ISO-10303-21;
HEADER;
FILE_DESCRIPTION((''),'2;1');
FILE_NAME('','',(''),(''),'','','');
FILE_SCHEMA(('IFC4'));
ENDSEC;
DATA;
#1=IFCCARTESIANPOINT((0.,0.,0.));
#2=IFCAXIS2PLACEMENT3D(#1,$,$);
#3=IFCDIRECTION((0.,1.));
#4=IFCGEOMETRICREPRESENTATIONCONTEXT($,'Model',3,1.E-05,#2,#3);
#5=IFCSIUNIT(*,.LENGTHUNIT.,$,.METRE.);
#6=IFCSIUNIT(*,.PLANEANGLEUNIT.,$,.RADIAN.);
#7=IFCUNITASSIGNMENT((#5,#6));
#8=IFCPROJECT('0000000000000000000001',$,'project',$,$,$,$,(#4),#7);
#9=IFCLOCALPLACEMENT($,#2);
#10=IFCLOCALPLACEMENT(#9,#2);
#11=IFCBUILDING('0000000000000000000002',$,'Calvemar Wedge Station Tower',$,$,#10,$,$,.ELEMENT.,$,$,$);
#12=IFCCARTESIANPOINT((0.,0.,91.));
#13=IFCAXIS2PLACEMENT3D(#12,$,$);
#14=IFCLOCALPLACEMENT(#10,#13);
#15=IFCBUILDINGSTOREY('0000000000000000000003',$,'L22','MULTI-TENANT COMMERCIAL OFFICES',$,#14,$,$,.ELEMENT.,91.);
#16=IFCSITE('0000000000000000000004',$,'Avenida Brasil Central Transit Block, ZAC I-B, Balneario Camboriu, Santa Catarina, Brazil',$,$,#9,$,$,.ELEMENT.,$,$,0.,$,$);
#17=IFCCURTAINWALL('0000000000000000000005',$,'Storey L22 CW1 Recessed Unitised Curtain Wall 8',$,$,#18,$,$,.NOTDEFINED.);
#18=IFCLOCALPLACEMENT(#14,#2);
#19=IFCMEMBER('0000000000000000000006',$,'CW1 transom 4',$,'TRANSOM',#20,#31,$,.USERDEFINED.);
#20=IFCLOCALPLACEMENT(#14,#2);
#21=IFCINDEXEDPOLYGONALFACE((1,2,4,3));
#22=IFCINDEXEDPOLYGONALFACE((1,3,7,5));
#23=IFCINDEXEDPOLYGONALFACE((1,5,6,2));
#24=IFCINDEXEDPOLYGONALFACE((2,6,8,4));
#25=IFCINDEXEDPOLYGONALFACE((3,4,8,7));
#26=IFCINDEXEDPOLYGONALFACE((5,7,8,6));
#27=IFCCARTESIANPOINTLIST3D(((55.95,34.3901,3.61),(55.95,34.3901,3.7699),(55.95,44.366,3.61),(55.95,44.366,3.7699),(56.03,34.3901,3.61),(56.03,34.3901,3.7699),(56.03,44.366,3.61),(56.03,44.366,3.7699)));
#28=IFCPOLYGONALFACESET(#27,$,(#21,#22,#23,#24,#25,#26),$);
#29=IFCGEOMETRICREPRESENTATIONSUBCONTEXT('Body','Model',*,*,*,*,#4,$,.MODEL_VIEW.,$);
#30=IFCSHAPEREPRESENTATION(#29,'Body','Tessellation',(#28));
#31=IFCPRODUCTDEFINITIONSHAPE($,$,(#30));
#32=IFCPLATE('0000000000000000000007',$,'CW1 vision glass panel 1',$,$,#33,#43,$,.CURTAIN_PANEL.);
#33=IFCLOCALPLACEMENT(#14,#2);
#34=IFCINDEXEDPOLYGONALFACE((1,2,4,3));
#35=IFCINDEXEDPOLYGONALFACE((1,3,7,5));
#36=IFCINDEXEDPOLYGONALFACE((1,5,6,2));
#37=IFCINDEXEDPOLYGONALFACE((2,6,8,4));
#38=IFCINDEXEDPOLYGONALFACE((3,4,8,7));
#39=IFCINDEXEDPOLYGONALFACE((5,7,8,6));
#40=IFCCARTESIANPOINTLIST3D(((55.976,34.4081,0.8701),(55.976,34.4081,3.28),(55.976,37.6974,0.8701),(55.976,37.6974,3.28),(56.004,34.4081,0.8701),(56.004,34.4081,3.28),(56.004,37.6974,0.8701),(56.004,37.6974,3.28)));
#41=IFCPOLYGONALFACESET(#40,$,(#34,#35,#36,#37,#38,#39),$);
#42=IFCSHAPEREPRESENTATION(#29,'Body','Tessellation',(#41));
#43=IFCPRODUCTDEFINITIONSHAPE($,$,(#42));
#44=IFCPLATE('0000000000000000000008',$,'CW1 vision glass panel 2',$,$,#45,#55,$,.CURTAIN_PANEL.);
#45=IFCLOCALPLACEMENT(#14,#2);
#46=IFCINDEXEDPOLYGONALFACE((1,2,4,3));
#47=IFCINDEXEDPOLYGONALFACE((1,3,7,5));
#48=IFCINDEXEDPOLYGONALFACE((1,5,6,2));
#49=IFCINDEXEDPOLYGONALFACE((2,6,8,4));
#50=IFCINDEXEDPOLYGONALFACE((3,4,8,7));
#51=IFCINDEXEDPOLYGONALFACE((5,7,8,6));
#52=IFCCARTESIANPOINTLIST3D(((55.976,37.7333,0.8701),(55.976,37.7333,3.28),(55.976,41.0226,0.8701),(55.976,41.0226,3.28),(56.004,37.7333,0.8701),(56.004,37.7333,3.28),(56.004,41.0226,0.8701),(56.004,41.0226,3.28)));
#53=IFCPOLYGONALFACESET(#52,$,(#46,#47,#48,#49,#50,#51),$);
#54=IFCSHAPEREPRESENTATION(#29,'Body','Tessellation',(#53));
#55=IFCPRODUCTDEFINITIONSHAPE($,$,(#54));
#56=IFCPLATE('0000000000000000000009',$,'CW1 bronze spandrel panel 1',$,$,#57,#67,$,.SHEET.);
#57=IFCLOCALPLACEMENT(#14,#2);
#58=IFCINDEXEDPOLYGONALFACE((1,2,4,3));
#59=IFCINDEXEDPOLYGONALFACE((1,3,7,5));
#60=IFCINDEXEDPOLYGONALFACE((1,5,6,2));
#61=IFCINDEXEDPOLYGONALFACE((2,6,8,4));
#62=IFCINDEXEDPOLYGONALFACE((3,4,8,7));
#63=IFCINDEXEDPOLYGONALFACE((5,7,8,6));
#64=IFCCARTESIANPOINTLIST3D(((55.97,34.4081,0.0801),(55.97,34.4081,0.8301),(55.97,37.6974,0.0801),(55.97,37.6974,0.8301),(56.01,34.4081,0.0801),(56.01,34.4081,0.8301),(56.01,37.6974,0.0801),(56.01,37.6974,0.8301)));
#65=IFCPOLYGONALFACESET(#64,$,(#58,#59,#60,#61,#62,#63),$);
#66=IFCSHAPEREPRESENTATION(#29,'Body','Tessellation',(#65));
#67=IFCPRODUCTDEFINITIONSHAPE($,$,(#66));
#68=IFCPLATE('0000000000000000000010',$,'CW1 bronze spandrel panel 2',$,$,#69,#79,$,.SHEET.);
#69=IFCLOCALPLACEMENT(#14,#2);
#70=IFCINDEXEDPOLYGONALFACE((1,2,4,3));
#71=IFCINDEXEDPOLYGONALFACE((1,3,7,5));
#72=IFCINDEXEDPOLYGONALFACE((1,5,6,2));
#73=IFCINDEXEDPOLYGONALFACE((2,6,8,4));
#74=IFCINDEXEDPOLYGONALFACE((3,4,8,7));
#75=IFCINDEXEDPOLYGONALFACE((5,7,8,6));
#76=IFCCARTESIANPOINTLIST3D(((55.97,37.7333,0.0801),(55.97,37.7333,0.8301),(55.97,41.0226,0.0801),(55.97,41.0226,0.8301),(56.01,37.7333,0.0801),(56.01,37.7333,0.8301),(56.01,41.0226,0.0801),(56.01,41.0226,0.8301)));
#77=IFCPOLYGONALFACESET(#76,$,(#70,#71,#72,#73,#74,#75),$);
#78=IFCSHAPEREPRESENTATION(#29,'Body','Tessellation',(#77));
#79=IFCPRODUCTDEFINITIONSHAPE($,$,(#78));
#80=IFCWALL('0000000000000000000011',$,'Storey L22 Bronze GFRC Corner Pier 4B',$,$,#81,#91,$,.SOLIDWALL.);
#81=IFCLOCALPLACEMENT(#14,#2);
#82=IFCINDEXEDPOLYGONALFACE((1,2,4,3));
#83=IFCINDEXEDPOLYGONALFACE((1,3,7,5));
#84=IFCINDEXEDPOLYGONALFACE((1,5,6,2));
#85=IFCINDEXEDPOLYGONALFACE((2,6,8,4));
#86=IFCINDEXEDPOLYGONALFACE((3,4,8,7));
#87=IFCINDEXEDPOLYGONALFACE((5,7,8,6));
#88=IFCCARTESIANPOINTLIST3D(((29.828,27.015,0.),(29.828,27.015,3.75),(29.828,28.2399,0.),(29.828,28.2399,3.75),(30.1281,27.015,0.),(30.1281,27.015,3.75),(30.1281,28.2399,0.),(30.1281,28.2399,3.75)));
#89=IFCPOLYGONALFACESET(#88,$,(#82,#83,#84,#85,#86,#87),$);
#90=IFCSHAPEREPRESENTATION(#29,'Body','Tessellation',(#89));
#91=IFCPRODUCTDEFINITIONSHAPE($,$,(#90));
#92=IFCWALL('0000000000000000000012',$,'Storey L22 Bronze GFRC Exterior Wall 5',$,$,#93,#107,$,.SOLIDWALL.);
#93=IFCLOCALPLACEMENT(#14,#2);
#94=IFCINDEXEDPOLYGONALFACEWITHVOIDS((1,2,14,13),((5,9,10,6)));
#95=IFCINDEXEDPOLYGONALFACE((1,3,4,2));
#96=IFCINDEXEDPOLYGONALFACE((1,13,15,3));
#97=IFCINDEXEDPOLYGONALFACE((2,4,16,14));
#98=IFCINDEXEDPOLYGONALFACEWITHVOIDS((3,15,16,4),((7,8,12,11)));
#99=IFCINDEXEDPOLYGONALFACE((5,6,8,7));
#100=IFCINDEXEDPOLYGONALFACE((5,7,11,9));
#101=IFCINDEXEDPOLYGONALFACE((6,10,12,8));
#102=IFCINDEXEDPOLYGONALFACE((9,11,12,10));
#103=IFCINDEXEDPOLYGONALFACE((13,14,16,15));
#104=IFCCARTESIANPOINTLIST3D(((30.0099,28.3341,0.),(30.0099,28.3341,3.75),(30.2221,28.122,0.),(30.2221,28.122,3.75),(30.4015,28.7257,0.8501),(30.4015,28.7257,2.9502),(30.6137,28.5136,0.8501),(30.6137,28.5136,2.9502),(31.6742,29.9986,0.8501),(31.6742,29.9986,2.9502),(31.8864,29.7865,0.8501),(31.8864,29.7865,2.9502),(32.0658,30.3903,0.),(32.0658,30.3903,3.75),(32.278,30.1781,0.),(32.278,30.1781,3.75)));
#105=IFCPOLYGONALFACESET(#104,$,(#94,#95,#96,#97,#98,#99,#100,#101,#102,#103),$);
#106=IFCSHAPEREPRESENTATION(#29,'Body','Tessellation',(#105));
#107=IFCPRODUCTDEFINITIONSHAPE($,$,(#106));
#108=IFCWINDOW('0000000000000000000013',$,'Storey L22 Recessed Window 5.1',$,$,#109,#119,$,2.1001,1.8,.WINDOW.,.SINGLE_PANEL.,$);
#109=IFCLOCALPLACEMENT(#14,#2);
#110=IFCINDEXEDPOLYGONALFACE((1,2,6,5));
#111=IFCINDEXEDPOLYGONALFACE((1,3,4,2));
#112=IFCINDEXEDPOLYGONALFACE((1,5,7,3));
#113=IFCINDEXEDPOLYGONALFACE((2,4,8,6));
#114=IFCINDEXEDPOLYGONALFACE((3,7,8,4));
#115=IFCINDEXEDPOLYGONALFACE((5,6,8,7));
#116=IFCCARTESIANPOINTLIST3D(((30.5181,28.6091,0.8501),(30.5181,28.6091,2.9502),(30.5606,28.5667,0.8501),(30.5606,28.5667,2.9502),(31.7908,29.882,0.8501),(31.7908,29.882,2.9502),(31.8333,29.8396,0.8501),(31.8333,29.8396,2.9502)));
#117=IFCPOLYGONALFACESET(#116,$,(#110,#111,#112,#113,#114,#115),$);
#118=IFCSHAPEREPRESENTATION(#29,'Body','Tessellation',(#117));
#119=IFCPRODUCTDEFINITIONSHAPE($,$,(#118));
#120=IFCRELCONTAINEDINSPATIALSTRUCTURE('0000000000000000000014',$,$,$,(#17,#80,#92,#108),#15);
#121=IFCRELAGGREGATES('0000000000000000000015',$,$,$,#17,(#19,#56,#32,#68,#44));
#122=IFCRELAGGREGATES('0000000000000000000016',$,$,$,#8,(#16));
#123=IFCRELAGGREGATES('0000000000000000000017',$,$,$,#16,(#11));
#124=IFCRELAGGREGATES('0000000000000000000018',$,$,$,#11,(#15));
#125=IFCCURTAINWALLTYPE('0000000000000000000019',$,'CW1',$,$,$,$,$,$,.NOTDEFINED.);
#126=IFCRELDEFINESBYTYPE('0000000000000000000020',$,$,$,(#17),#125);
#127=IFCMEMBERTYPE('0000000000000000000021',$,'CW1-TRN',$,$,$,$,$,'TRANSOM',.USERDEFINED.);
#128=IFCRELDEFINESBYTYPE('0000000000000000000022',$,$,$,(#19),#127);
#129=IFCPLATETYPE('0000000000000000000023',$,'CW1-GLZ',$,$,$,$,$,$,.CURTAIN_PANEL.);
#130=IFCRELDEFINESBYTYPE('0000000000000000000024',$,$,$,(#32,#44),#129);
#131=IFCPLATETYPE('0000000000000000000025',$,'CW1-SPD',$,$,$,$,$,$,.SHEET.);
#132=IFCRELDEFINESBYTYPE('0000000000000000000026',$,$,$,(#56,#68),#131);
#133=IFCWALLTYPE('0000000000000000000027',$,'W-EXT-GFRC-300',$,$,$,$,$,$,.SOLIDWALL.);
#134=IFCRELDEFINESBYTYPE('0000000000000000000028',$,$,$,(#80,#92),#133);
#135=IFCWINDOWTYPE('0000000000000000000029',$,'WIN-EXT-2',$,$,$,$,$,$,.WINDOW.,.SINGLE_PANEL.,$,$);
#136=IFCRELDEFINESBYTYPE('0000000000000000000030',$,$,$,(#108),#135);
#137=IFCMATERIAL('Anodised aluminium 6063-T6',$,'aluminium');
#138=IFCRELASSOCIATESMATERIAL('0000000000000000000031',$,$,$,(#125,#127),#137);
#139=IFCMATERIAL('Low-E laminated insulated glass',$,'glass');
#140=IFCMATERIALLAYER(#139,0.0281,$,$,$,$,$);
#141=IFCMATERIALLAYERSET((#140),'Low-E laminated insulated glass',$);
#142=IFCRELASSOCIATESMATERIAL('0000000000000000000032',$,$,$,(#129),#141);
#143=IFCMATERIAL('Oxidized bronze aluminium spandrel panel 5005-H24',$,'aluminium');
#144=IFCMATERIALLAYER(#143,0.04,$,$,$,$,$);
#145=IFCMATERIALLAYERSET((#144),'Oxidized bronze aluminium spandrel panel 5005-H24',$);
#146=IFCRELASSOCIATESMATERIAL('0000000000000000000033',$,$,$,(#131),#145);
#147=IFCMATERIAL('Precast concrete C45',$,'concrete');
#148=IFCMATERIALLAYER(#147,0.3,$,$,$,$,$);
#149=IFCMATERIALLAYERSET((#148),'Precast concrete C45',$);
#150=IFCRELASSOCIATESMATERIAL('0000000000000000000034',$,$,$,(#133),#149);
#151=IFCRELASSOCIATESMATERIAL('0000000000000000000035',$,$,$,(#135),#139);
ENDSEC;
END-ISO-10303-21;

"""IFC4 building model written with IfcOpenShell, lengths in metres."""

from ifc_helpers import new_model, si_unit, direction, frame, frame_2d, origin, origin_2d, place, context, subcontext, project, spatial, rectangle, extrude, source, transform, mapped, material, layer, layer_set, material_profile, profile_set, type_object, element, fill, aggregate, save


model = new_model("IFC4")

# Units and contexts
model_context = context("Model", 3, precision=1e-05, world=origin(), true_north=direction((0.0, 1.0)))
body_context = subcontext(model_context, "Body", "Model", "MODEL_VIEW")
ifc_project = project(units=[si_unit("LENGTHUNIT", "METRE"), si_unit("PLANEANGLEUNIT", "RADIAN")], contexts=[model_context])

# Site, building, storey
site_placement = place(None, origin())
site = spatial("IfcSite", under=ifc_project, at=site_placement, Name="Avenida Brasil Central Transit Block, ZAC I-B, Balneario Camboriu, Santa Catarina, Brazil", CompositionType="ELEMENT", RefElevation=0.0)
building_placement = place(site_placement, origin())
building = spatial("IfcBuilding", under=site, at=building_placement, Name="Calvemar Wedge Station Tower", CompositionType="ELEMENT")
storey_placement = place(building_placement, frame((0.0, 0.0, 91.0)))
storey = spatial("IfcBuildingStorey", under=building, at=storey_placement, Name="L22", Description="MULTI-TENANT COMMERCIAL OFFICES", CompositionType="ELEMENT", Elevation=91.0)

# Curtain wall, member, plates
ifc_material_1 = material(Name="Anodised aluminium 6063-T6", Category="aluminium")
curtain_wall_type = type_object("IfcCurtainWallType", Name="CW1", PredefinedType="NOTDEFINED", material=ifc_material_1)
curtain_wall_placement = place(storey_placement, origin())
curtain_wall = element("IfcCurtainWall", 1, at=curtain_wall_placement, inside=storey, type_object=curtain_wall_type, Name="Storey L22 CW1 Recessed Unitised Curtain Wall 8", PredefinedType="NOTDEFINED")
ifc_material_profile_1 = material_profile(ifc_material_1, rectangle(XDim=0.0801, YDim=0.1599, at=origin_2d()), Name="AL-TRN-80x160")
ifc_profile_set_1 = profile_set([ifc_material_profile_1], Name="Anodised aluminium 6063-T6")
member_type_1 = type_object("IfcMemberType", Name="CW1-TRN", ElementType="TRANSOM", PredefinedType="USERDEFINED", material=ifc_profile_set_1)
shared_shape_1 = source(origin(), body_context, "Body", "SweptSolid", [
    extrude(rectangle(XDim=0.0801, YDim=0.1599, at=origin_2d()), origin(), (0.0, 0.0, 1.0), 9.9758),
])
member_1_placement = place(storey_placement, frame((55.99, 34.3901, 3.6899), z_axis=(0.0, 1.0, 0.0), x_axis=(-1.0, 0.0, 0.0)))
member_1 = element("IfcMember", 2, at=member_1_placement, type_object=member_type_1, Name="CW1 transom 4", ObjectType="TRANSOM", PredefinedType="USERDEFINED", context=body_context, shape_type="MappedRepresentation", body=[
    mapped(shared_shape_1, transform((0.0, 0.0, 0.0), scale=1.0)),
])
ifc_material_2 = material(Name="Low-E laminated insulated glass", Category="glass")
ifc_layer_1 = layer(ifc_material_2, 0.0281)
ifc_layer_set_1 = layer_set([ifc_layer_1], Name="Low-E laminated insulated glass")
plate_type_1 = type_object("IfcPlateType", Name="CW1-GLZ", PredefinedType="CURTAIN_PANEL", material=ifc_layer_set_1)
plate_1_placement = place(storey_placement, frame((55.99, 34.4082, 0.8701), z_axis=(0.0, 0.0, 1.0), x_axis=(0.0, 1.0, 0.0)))
plate_1 = element("IfcPlate", 3, at=plate_1_placement, type_object=plate_type_1, Name="CW1 vision glass panel 1", PredefinedType="CURTAIN_PANEL", context=body_context, shape_type="SweptSolid", body=[
    extrude(rectangle(XDim=3.2893, YDim=0.0281, at=frame_2d((1.6445, 0.0))), origin(), (0.0, 0.0, 1.0), 2.4099),
])
plate_2_placement = place(storey_placement, frame((55.99, 37.7334, 0.8701), z_axis=(0.0, 0.0, 1.0), x_axis=(0.0, 1.0, 0.0)))
plate_2 = element("IfcPlate", 4, at=plate_2_placement, type_object=plate_type_1, Name="CW1 vision glass panel 2", PredefinedType="CURTAIN_PANEL", context=body_context, shape_type="SweptSolid", body=[
    extrude(rectangle(XDim=3.2893, YDim=0.0281, at=frame_2d((1.6445, 0.0))), origin(), (0.0, 0.0, 1.0), 2.4099),
])
ifc_material_3 = material(Name="Oxidized bronze aluminium spandrel panel 5005-H24", Category="aluminium")
ifc_layer_2 = layer(ifc_material_3, 0.04)
ifc_layer_set_2 = layer_set([ifc_layer_2], Name="Oxidized bronze aluminium spandrel panel 5005-H24")
plate_type_2 = type_object("IfcPlateType", Name="CW1-SPD", PredefinedType="SHEET", material=ifc_layer_set_2)
plate_3_placement = place(storey_placement, frame((55.99, 34.4082, 0.0801), z_axis=(0.0, 0.0, 1.0), x_axis=(0.0, 1.0, 0.0)))
plate_3 = element("IfcPlate", 5, at=plate_3_placement, type_object=plate_type_2, Name="CW1 bronze spandrel panel 1", PredefinedType="SHEET", context=body_context, shape_type="SweptSolid", body=[
    extrude(rectangle(XDim=3.2893, YDim=0.04, at=frame_2d((1.6445, 0.0))), origin(), (0.0, 0.0, 1.0), 0.75),
])
plate_4_placement = place(storey_placement, frame((55.99, 37.7334, 0.0801), z_axis=(0.0, 0.0, 1.0), x_axis=(0.0, 1.0, 0.0)))
plate_4 = element("IfcPlate", 6, at=plate_4_placement, type_object=plate_type_2, Name="CW1 bronze spandrel panel 2", PredefinedType="SHEET", context=body_context, shape_type="SweptSolid", body=[
    extrude(rectangle(XDim=3.2893, YDim=0.04, at=frame_2d((1.6445, 0.0))), origin(), (0.0, 0.0, 1.0), 0.75),
])
aggregate(curtain_wall, [member_1, plate_3, plate_1, plate_4, plate_2])

# Wall
ifc_material_4 = material(Name="Precast concrete C45", Category="concrete")
ifc_layer_3 = layer(ifc_material_4, 0.3)
ifc_layer_set_3 = layer_set([ifc_layer_3], Name="Precast concrete C45")
wall_type_1 = type_object("IfcWallType", Name="W-EXT-GFRC-300", PredefinedType="SOLIDWALL", material=ifc_layer_set_3)
wall_1_placement = place(storey_placement, frame((29.978, 27.0151, 0.0), z_axis=(0.0, 0.0, 1.0), x_axis=(0.0, 1.0, 0.0)))
element("IfcWall", 7, at=wall_1_placement, inside=storey, type_object=wall_type_1, Name="Storey L22 Bronze GFRC Corner Pier 4B", PredefinedType="SOLIDWALL", context=body_context, shape_type="SweptSolid", body=[
    extrude(rectangle(XDim=1.2249, YDim=0.3, at=frame_2d((0.6123, 0.0))), origin(), (0.0, 0.0, 1.0), 3.75),
])

# Wall, opening, window
wall_2_placement = place(storey_placement, frame((30.116, 28.228, 0.0), z_axis=(0.0, 0.0, 1.0), x_axis=(0.707065, 0.707149, 0.0)))
wall_2 = element("IfcWall", 8, at=wall_2_placement, inside=storey, type_object=wall_type_1, Name="Storey L22 Bronze GFRC Exterior Wall 5", PredefinedType="SOLIDWALL", context=body_context, shape_type="SweptSolid", body=[
    extrude(rectangle(XDim=2.9077, YDim=0.3, at=frame_2d((1.4539, 0.0))), origin(), (0.0, 0.0, 1.0), 3.75),
])
shared_shape_2 = source(origin(), body_context, "Body", "SweptSolid", [
    extrude(rectangle(XDim=1.8, YDim=2.1001, at=frame_2d((0.8999, 1.05))), frame((0.0, 0.1602, 0.0), z_axis=(0.0, -1.0, 0.0), x_axis=(1.0, 0.0, 0.0)), (0.0, 0.0, 1.0), 0.3201),
])
opening_1_placement = place(wall_2_placement, frame((0.554, 0.0, 0.8501)))
opening_1 = element("IfcOpeningElement", 9, at=opening_1_placement, cuts=wall_2, PredefinedType="OPENING", context=body_context, shape_type="MappedRepresentation", body=[
    mapped(shared_shape_2, transform((0.0, 0.0, 0.0), scale=1.0)),
])
window_type_1 = type_object("IfcWindowType", Name="WIN-EXT-2", PartitioningType="SINGLE_PANEL", PredefinedType="WINDOW", material=ifc_material_2)
shared_shape_3 = source(origin(), body_context, "Body", "SweptSolid", [
    extrude(rectangle(XDim=1.8, YDim=2.1001, at=frame_2d((0.8999, 1.05))), frame((0.0, -0.0149, 0.0), z_axis=(0.0, -1.0, 0.0), x_axis=(1.0, 0.0, 0.0)), (0.0, 0.0, 1.0), 0.0601),
])
window_1_placement = place(opening_1_placement, origin())
window_1 = element("IfcWindow", 10, at=window_1_placement, inside=storey, type_object=window_type_1, Name="Storey L22 Recessed Window 5.1", OverallHeight=2.1001, OverallWidth=1.8, PartitioningType="SINGLE_PANEL", PredefinedType="WINDOW", context=body_context, shape_type="MappedRepresentation", body=[
    mapped(shared_shape_3, transform((0.0, 0.0, 0.0), scale=1.0)),
])
fill(opening_1, window_1)

save(model, "model.ifc")
